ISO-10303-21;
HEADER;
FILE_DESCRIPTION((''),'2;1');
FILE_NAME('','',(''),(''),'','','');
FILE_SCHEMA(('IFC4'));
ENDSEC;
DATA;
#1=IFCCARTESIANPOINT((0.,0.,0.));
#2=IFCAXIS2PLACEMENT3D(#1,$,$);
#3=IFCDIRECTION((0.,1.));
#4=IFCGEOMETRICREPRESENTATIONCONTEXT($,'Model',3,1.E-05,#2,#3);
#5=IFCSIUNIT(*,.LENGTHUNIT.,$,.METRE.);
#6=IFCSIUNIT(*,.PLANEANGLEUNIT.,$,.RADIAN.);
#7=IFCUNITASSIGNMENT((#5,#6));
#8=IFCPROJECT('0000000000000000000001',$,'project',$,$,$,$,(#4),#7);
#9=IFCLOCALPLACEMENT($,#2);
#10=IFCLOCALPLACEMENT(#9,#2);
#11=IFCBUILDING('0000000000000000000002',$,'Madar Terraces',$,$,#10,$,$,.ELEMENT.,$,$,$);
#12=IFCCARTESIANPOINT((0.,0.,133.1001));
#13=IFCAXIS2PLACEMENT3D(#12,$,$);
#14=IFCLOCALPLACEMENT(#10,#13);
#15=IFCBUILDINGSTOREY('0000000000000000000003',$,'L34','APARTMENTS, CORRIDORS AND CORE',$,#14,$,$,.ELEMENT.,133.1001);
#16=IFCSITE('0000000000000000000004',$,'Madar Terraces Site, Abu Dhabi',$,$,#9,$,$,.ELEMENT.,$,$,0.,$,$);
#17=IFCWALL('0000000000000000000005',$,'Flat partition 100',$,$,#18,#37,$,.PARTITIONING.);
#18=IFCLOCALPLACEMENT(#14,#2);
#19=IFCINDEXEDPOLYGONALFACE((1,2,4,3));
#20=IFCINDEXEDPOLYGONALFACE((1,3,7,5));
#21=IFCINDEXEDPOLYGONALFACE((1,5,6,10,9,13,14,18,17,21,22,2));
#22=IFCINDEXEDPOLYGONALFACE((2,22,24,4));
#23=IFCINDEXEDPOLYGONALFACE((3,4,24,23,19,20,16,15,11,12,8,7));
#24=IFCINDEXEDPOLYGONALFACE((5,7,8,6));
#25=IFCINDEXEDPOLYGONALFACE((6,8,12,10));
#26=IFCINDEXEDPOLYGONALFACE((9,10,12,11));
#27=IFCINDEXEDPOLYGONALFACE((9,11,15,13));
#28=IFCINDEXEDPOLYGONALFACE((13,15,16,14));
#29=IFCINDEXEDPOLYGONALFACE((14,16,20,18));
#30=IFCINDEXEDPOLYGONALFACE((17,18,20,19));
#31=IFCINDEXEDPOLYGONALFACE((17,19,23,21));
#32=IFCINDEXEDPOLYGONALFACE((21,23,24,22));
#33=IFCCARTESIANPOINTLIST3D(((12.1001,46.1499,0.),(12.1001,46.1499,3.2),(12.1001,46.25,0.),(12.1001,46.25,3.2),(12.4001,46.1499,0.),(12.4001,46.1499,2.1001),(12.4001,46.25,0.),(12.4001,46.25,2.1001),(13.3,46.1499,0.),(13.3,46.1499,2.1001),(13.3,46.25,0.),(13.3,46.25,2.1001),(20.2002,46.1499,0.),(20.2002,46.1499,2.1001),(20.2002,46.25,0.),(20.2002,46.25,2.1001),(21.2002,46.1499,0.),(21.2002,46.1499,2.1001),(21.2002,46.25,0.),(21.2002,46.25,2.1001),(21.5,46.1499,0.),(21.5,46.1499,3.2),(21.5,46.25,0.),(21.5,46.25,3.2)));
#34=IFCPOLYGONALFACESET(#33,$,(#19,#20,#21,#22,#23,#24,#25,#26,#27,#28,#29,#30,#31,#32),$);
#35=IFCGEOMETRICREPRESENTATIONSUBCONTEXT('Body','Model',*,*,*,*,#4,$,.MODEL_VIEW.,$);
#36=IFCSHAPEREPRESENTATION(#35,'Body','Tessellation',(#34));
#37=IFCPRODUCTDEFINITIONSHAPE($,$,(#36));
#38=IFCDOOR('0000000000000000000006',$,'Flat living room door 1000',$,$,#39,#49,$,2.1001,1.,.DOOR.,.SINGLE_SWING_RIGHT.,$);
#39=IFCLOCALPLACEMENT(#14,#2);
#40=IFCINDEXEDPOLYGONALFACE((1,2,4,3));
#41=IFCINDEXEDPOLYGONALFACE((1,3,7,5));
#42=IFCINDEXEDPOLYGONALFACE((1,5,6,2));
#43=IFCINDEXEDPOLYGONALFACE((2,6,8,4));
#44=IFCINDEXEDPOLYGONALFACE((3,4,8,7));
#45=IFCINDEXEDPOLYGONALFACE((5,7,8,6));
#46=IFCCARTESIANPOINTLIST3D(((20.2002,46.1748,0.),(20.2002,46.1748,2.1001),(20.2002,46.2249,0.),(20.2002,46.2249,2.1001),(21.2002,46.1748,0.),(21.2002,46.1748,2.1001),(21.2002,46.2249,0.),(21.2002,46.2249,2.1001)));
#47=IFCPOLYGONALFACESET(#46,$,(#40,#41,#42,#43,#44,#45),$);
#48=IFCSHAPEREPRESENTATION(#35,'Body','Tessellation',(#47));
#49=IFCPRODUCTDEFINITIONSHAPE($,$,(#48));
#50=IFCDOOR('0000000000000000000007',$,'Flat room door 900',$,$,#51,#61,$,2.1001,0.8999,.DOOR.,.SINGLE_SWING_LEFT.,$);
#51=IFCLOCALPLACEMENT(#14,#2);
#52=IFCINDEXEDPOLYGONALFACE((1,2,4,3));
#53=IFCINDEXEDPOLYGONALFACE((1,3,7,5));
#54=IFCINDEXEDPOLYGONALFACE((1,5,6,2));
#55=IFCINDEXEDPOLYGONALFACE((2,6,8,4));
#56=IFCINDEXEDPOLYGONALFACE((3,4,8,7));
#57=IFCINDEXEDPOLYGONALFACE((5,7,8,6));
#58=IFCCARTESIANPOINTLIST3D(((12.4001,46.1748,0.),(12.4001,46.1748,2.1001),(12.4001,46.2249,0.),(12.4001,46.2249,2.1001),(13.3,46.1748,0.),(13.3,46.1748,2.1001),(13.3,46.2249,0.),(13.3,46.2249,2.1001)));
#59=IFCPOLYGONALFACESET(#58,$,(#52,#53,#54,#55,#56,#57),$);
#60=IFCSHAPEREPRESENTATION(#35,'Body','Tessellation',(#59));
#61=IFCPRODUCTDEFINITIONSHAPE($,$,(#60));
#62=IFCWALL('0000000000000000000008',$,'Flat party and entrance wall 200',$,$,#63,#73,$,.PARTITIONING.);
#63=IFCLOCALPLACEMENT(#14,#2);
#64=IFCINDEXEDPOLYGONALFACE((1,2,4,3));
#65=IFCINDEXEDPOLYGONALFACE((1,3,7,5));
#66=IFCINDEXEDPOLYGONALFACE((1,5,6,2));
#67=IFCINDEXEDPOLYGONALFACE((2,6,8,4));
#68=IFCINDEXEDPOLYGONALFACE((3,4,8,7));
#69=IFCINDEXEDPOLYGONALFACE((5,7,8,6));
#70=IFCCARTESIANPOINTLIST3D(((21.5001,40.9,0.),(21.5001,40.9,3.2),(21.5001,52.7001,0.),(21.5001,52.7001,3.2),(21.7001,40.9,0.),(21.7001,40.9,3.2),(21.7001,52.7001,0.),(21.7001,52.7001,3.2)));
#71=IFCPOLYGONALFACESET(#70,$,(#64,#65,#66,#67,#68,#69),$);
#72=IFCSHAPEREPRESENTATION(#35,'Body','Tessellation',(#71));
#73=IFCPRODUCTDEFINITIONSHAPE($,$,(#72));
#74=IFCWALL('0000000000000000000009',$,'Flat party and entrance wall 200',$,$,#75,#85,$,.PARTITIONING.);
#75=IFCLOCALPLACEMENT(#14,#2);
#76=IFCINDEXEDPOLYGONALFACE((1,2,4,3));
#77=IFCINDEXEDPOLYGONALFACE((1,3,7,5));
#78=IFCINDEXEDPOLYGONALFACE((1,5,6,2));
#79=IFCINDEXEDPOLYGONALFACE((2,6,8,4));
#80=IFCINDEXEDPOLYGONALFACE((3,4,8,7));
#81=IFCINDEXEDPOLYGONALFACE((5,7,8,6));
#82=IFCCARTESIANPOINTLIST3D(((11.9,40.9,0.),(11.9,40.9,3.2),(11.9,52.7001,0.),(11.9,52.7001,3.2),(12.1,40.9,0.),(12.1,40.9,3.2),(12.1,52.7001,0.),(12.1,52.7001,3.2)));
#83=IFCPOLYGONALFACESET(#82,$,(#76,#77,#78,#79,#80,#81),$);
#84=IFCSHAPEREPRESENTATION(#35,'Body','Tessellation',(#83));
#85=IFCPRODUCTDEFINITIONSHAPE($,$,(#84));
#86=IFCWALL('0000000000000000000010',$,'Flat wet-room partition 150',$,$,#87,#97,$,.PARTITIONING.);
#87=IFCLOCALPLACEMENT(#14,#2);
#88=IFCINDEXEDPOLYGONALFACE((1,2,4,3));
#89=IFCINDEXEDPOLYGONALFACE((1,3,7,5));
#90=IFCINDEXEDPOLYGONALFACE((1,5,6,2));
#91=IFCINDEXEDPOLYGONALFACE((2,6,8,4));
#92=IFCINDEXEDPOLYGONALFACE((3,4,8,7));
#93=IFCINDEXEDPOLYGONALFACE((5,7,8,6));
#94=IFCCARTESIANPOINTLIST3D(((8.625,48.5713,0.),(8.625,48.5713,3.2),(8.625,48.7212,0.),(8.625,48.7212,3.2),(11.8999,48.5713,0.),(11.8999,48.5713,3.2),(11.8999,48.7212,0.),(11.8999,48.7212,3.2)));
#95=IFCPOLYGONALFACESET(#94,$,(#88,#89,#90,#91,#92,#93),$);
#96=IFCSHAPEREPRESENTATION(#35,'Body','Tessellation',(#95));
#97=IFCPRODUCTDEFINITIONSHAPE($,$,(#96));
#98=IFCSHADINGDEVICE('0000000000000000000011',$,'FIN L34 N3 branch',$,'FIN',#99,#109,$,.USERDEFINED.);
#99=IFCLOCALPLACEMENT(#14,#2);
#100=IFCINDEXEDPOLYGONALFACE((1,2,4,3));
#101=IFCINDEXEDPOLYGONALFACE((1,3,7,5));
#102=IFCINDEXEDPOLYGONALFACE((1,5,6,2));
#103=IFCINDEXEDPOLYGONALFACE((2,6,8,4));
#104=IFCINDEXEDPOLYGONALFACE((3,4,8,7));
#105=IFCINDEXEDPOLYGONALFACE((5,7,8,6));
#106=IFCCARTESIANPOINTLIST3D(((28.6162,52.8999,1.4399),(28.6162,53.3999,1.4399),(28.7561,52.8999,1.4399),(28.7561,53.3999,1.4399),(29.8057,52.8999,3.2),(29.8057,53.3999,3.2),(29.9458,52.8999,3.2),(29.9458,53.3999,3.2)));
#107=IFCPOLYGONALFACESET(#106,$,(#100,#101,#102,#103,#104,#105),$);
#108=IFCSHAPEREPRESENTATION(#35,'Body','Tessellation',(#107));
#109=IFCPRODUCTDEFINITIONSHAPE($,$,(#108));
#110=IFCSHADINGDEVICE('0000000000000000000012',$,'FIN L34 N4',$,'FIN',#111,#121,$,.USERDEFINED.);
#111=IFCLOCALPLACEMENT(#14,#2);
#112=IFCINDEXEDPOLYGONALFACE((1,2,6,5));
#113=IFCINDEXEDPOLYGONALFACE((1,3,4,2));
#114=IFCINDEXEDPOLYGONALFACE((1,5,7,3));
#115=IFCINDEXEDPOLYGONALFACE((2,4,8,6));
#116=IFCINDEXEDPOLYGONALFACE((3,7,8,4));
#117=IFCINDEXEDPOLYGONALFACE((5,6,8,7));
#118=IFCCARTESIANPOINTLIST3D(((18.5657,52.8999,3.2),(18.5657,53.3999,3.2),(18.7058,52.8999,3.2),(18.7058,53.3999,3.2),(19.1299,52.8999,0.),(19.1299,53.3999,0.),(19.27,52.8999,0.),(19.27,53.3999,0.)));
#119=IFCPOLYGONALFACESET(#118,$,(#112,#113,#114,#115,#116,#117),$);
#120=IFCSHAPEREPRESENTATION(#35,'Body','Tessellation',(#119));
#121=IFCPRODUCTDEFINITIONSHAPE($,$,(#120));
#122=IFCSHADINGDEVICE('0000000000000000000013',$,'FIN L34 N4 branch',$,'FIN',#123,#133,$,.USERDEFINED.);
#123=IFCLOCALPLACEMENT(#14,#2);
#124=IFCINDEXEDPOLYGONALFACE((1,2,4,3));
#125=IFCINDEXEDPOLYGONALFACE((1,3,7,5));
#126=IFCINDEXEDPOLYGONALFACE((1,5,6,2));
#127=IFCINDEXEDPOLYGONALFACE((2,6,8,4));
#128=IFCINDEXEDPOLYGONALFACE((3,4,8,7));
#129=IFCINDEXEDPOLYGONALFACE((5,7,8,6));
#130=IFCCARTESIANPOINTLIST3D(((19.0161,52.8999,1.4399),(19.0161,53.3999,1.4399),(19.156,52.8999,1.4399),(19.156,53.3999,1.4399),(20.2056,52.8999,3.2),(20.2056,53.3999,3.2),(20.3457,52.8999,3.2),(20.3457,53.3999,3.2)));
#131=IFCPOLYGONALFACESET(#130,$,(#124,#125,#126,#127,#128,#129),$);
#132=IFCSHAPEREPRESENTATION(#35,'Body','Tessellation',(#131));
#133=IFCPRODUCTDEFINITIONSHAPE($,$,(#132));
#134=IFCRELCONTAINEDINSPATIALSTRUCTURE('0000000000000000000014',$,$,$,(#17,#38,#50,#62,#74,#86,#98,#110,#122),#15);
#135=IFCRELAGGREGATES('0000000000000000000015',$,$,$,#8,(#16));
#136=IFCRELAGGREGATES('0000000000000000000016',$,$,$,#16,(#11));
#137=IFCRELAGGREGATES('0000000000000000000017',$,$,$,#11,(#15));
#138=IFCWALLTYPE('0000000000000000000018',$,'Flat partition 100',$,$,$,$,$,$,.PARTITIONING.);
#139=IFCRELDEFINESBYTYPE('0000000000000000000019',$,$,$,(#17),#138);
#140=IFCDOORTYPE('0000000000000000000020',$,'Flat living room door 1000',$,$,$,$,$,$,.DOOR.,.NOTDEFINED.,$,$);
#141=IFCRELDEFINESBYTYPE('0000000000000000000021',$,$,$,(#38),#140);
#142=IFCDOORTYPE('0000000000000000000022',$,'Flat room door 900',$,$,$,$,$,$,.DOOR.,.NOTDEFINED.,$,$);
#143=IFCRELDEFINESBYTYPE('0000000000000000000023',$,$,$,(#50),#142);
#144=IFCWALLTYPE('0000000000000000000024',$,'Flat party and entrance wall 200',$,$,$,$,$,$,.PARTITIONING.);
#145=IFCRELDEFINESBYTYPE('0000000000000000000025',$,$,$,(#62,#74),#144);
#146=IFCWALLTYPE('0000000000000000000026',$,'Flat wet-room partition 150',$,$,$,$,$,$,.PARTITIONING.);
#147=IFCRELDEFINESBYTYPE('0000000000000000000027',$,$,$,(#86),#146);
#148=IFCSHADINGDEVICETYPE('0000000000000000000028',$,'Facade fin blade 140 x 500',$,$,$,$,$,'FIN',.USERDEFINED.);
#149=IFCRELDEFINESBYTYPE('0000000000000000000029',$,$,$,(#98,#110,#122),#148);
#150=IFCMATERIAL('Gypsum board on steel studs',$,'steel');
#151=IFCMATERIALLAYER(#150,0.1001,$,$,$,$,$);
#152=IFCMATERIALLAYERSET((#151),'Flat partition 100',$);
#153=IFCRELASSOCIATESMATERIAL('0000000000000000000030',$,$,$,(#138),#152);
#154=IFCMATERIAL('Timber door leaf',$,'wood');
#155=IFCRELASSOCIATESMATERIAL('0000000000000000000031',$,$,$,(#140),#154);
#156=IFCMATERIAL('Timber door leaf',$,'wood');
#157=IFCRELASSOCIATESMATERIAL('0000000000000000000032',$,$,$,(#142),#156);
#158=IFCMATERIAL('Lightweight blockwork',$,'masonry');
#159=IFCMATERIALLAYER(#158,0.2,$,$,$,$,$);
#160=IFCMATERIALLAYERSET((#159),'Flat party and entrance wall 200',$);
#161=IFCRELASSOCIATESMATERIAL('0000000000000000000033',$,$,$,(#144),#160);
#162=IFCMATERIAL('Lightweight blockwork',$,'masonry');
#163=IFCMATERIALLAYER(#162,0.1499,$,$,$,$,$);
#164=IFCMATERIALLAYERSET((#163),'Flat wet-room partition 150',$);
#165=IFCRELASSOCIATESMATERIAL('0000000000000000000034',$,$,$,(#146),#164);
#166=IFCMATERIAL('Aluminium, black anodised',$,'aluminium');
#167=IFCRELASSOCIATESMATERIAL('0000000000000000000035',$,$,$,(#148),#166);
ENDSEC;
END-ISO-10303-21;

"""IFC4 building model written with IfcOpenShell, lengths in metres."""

from ifc_helpers import new_model, si_unit, direction, frame, frame_2d, origin, place, context, subcontext, project, spatial, polyline, rectangle, outline, extrude, material, layer, layer_set, type_object, element, fill, save


model = new_model("IFC4")

# Units and contexts
model_context = context("Model", 3, precision=1e-05, world=origin(), true_north=direction((0.0, 1.0)))
body_context = subcontext(model_context, "Body", "Model", "MODEL_VIEW")
ifc_project = project(units=[si_unit("LENGTHUNIT", "METRE"), si_unit("PLANEANGLEUNIT", "RADIAN")], contexts=[model_context])

# Site, building, storey
site_placement = place(None, origin())
site = spatial("IfcSite", under=ifc_project, at=site_placement, Name="Madar Terraces Site, Abu Dhabi", CompositionType="ELEMENT", RefElevation=0.0)
building_placement = place(site_placement, origin())
building = spatial("IfcBuilding", under=site, at=building_placement, Name="Madar Terraces", CompositionType="ELEMENT")
storey_placement = place(building_placement, frame((0.0, 0.0, 133.1001)))
storey = spatial("IfcBuildingStorey", under=building, at=storey_placement, Name="L34", Description="APARTMENTS, CORRIDORS AND CORE", CompositionType="ELEMENT", Elevation=133.1001)

# Shared definitions
ifc_material_1 = material(Name="Gypsum board on steel studs", Category="steel")
ifc_layer_1 = layer(ifc_material_1, 0.1001)
ifc_layer_set_1 = layer_set([ifc_layer_1], Name="Flat partition 100")
wall_type_1 = type_object("IfcWallType", Name="Flat partition 100", PredefinedType="PARTITIONING", material=ifc_layer_set_1)

# Shared definitions
ifc_material_2 = material(Name="Timber door leaf", Category="wood")
door_type_1 = type_object("IfcDoorType", Name="Flat living room door 1000", OperationType="NOTDEFINED", PredefinedType="DOOR", material=ifc_material_2)
ifc_material_3 = material(Name="Timber door leaf", Category="wood")
door_type_2 = type_object("IfcDoorType", Name="Flat room door 900", OperationType="NOTDEFINED", PredefinedType="DOOR", material=ifc_material_3)

# Wall, openings, doors
wall_1_placement = place(storey_placement, frame((12.1001, 46.2, 0.0), z_axis=(0.0, 0.0, 1.0), x_axis=(1.0, 0.0, 0.0)))
wall_1 = element("IfcWall", 1, at=wall_1_placement, inside=storey, type_object=wall_type_1, Name="Flat partition 100", PredefinedType="PARTITIONING", context=body_context, shape_type="SweptSolid", body=[
    extrude(rectangle(XDim=9.3999, YDim=0.1001, at=frame_2d((4.7, 0.0))), origin(), (0.0, 0.0, 1.0), 3.2),
])
opening_1_placement = place(wall_1_placement, frame((0.3, 0.0, 0.0)))
opening_1 = element("IfcOpeningElement", 2, at=opening_1_placement, cuts=wall_1, PredefinedType="OPENING", context=body_context, shape_type="SweptSolid", body=[
    extrude(rectangle(XDim=0.8999, YDim=2.1001, at=frame_2d((0.45, 1.05))), frame((0.0, 0.0601, 0.0), z_axis=(0.0, -1.0, 0.0), x_axis=(1.0, 0.0, 0.0)), (0.0, 0.0, 1.0), 0.1201),
])
opening_2_placement = place(wall_1_placement, frame((8.1001, 0.0, 0.0)))
opening_2 = element("IfcOpeningElement", 3, at=opening_2_placement, cuts=wall_1, PredefinedType="OPENING", context=body_context, shape_type="SweptSolid", body=[
    extrude(rectangle(XDim=1.0, YDim=2.1001, at=frame_2d((0.5, 1.05))), frame((0.0, 0.0601, 0.0), z_axis=(0.0, -1.0, 0.0), x_axis=(1.0, 0.0, 0.0)), (0.0, 0.0, 1.0), 0.1201),
])
door_1_placement = place(opening_2_placement, origin())
door_1 = element("IfcDoor", 4, at=door_1_placement, inside=storey, type_object=door_type_1, Name="Flat living room door 1000", OperationType="SINGLE_SWING_RIGHT", OverallHeight=2.1001, OverallWidth=1.0, PredefinedType="DOOR", context=body_context, shape_type="SweptSolid", body=[
    extrude(rectangle(XDim=1.0, YDim=2.1001, at=frame_2d((0.5, 1.05))), frame((0.0, 0.0249, 0.0), z_axis=(0.0, -1.0, 0.0), x_axis=(1.0, 0.0, 0.0)), (0.0, 0.0, 1.0), 0.05),
])
fill(opening_2, door_1)
door_2_placement = place(opening_1_placement, origin())
door_2 = element("IfcDoor", 5, at=door_2_placement, inside=storey, type_object=door_type_2, Name="Flat room door 900", OperationType="SINGLE_SWING_LEFT", OverallHeight=2.1001, OverallWidth=0.8999, PredefinedType="DOOR", context=body_context, shape_type="SweptSolid", body=[
    extrude(rectangle(XDim=0.8999, YDim=2.1001, at=frame_2d((0.45, 1.05))), frame((0.0, 0.0249, 0.0), z_axis=(0.0, -1.0, 0.0), x_axis=(1.0, 0.0, 0.0)), (0.0, 0.0, 1.0), 0.05),
])
fill(opening_1, door_2)

# Walls
ifc_material_4 = material(Name="Lightweight blockwork", Category="masonry")
ifc_layer_2 = layer(ifc_material_4, 0.2)
ifc_layer_set_2 = layer_set([ifc_layer_2], Name="Flat party and entrance wall 200")
wall_type_2 = type_object("IfcWallType", Name="Flat party and entrance wall 200", PredefinedType="PARTITIONING", material=ifc_layer_set_2)
for number, where, z_axis, x_axis, name in (
    (6, (21.6001, 52.7, 0.0), (0.0, 0.0, 1.0), (0.0, -1.0, 0.0), "Flat party and entrance wall 200"),
    (7, (12.0, 52.7, 0.0), (0.0, 0.0, 1.0), (0.0, -1.0, 0.0), "Flat party and entrance wall 200"),
):
    element("IfcWall", number, at=place(storey_placement, frame(where, z_axis=z_axis, x_axis=x_axis)), inside=storey, type_object=wall_type_2, Name=name, PredefinedType="PARTITIONING", context=body_context, shape_type="SweptSolid", body=[
        extrude(rectangle(XDim=11.8, YDim=0.2, at=frame_2d((5.8999, 0.0))), origin(), (0.0, 0.0, 1.0), 3.2),
    ])
ifc_material_5 = material(Name="Lightweight blockwork", Category="masonry")
ifc_layer_3 = layer(ifc_material_5, 0.1499)
ifc_layer_set_3 = layer_set([ifc_layer_3], Name="Flat wet-room partition 150")
wall_type_3 = type_object("IfcWallType", Name="Flat wet-room partition 150", PredefinedType="PARTITIONING", material=ifc_layer_set_3)
wall_2_placement = place(storey_placement, frame((11.8999, 48.6462, 0.0), z_axis=(0.0, 0.0, 1.0), x_axis=(-1.0, 0.0, 0.0)))
element("IfcWall", 8, at=wall_2_placement, inside=storey, type_object=wall_type_3, Name="Flat wet-room partition 150", PredefinedType="PARTITIONING", context=body_context, shape_type="SweptSolid", body=[
    extrude(rectangle(XDim=3.2749, YDim=0.1499, at=frame_2d((1.6375, 0.0))), origin(), (0.0, 0.0, 1.0), 3.2),
])

# Shading devices
ifc_material_6 = material(Name="Aluminium, black anodised", Category="aluminium")
shading_device_type = type_object("IfcShadingDeviceType", Name="Facade fin blade 140 x 500", ElementType="FIN", PredefinedType="USERDEFINED", material=ifc_material_6)
shading_device_1_placement = place(storey_placement, frame((28.7561, 53.1499, 1.4399), z_axis=(0.0, 0.0, 1.0), x_axis=(-1.0, 0.0, 0.0)))
element("IfcShadingDevice", 9, at=shading_device_1_placement, inside=storey, type_object=shading_device_type, Name="FIN L34 N3 branch", ObjectType="FIN", PredefinedType="USERDEFINED", context=body_context, shape_type="SweptSolid", body=[
    extrude(outline(polyline([(0.0, 0.0), (0.1399, 0.0), (-1.0496, 1.76), (-1.1897, 1.76), (0.0, 0.0)])), frame((0.0, 0.25, 0.0), z_axis=(0.0, -1.0, 0.0), x_axis=(1.0, 0.0, 0.0)), (0.0, 0.0, 1.0), 0.5),
])
shading_device_2_placement = place(storey_placement, frame((19.27, 53.1499, 0.0), z_axis=(0.0, 0.0, 1.0), x_axis=(-1.0, 0.0, 0.0)))
element("IfcShadingDevice", 10, at=shading_device_2_placement, inside=storey, type_object=shading_device_type, Name="FIN L34 N4", ObjectType="FIN", PredefinedType="USERDEFINED", context=body_context, shape_type="SweptSolid", body=[
    extrude(outline(polyline([(0.0, 0.0), (0.1401, 0.0), (0.7043, 3.2), (0.5642, 3.2), (0.0, 0.0)])), frame((0.0, 0.25, 0.0), z_axis=(0.0, -1.0, 0.0), x_axis=(1.0, 0.0, 0.0)), (0.0, 0.0, 1.0), 0.5),
])
shading_device_3_placement = place(storey_placement, frame((19.156, 53.1499, 1.4399), z_axis=(0.0, 0.0, 1.0), x_axis=(-1.0, 0.0, 0.0)))
element("IfcShadingDevice", 11, at=shading_device_3_placement, inside=storey, type_object=shading_device_type, Name="FIN L34 N4 branch", ObjectType="FIN", PredefinedType="USERDEFINED", context=body_context, shape_type="SweptSolid", body=[
    extrude(outline(polyline([(0.0, 0.0), (0.1399, 0.0), (-1.0496, 1.76), (-1.1897, 1.76), (0.0, 0.0)])), frame((0.0, 0.25, 0.0), z_axis=(0.0, -1.0, 0.0), x_axis=(1.0, 0.0, 0.0)), (0.0, 0.0, 1.0), 0.5),
])

save(model, "model.ifc")
